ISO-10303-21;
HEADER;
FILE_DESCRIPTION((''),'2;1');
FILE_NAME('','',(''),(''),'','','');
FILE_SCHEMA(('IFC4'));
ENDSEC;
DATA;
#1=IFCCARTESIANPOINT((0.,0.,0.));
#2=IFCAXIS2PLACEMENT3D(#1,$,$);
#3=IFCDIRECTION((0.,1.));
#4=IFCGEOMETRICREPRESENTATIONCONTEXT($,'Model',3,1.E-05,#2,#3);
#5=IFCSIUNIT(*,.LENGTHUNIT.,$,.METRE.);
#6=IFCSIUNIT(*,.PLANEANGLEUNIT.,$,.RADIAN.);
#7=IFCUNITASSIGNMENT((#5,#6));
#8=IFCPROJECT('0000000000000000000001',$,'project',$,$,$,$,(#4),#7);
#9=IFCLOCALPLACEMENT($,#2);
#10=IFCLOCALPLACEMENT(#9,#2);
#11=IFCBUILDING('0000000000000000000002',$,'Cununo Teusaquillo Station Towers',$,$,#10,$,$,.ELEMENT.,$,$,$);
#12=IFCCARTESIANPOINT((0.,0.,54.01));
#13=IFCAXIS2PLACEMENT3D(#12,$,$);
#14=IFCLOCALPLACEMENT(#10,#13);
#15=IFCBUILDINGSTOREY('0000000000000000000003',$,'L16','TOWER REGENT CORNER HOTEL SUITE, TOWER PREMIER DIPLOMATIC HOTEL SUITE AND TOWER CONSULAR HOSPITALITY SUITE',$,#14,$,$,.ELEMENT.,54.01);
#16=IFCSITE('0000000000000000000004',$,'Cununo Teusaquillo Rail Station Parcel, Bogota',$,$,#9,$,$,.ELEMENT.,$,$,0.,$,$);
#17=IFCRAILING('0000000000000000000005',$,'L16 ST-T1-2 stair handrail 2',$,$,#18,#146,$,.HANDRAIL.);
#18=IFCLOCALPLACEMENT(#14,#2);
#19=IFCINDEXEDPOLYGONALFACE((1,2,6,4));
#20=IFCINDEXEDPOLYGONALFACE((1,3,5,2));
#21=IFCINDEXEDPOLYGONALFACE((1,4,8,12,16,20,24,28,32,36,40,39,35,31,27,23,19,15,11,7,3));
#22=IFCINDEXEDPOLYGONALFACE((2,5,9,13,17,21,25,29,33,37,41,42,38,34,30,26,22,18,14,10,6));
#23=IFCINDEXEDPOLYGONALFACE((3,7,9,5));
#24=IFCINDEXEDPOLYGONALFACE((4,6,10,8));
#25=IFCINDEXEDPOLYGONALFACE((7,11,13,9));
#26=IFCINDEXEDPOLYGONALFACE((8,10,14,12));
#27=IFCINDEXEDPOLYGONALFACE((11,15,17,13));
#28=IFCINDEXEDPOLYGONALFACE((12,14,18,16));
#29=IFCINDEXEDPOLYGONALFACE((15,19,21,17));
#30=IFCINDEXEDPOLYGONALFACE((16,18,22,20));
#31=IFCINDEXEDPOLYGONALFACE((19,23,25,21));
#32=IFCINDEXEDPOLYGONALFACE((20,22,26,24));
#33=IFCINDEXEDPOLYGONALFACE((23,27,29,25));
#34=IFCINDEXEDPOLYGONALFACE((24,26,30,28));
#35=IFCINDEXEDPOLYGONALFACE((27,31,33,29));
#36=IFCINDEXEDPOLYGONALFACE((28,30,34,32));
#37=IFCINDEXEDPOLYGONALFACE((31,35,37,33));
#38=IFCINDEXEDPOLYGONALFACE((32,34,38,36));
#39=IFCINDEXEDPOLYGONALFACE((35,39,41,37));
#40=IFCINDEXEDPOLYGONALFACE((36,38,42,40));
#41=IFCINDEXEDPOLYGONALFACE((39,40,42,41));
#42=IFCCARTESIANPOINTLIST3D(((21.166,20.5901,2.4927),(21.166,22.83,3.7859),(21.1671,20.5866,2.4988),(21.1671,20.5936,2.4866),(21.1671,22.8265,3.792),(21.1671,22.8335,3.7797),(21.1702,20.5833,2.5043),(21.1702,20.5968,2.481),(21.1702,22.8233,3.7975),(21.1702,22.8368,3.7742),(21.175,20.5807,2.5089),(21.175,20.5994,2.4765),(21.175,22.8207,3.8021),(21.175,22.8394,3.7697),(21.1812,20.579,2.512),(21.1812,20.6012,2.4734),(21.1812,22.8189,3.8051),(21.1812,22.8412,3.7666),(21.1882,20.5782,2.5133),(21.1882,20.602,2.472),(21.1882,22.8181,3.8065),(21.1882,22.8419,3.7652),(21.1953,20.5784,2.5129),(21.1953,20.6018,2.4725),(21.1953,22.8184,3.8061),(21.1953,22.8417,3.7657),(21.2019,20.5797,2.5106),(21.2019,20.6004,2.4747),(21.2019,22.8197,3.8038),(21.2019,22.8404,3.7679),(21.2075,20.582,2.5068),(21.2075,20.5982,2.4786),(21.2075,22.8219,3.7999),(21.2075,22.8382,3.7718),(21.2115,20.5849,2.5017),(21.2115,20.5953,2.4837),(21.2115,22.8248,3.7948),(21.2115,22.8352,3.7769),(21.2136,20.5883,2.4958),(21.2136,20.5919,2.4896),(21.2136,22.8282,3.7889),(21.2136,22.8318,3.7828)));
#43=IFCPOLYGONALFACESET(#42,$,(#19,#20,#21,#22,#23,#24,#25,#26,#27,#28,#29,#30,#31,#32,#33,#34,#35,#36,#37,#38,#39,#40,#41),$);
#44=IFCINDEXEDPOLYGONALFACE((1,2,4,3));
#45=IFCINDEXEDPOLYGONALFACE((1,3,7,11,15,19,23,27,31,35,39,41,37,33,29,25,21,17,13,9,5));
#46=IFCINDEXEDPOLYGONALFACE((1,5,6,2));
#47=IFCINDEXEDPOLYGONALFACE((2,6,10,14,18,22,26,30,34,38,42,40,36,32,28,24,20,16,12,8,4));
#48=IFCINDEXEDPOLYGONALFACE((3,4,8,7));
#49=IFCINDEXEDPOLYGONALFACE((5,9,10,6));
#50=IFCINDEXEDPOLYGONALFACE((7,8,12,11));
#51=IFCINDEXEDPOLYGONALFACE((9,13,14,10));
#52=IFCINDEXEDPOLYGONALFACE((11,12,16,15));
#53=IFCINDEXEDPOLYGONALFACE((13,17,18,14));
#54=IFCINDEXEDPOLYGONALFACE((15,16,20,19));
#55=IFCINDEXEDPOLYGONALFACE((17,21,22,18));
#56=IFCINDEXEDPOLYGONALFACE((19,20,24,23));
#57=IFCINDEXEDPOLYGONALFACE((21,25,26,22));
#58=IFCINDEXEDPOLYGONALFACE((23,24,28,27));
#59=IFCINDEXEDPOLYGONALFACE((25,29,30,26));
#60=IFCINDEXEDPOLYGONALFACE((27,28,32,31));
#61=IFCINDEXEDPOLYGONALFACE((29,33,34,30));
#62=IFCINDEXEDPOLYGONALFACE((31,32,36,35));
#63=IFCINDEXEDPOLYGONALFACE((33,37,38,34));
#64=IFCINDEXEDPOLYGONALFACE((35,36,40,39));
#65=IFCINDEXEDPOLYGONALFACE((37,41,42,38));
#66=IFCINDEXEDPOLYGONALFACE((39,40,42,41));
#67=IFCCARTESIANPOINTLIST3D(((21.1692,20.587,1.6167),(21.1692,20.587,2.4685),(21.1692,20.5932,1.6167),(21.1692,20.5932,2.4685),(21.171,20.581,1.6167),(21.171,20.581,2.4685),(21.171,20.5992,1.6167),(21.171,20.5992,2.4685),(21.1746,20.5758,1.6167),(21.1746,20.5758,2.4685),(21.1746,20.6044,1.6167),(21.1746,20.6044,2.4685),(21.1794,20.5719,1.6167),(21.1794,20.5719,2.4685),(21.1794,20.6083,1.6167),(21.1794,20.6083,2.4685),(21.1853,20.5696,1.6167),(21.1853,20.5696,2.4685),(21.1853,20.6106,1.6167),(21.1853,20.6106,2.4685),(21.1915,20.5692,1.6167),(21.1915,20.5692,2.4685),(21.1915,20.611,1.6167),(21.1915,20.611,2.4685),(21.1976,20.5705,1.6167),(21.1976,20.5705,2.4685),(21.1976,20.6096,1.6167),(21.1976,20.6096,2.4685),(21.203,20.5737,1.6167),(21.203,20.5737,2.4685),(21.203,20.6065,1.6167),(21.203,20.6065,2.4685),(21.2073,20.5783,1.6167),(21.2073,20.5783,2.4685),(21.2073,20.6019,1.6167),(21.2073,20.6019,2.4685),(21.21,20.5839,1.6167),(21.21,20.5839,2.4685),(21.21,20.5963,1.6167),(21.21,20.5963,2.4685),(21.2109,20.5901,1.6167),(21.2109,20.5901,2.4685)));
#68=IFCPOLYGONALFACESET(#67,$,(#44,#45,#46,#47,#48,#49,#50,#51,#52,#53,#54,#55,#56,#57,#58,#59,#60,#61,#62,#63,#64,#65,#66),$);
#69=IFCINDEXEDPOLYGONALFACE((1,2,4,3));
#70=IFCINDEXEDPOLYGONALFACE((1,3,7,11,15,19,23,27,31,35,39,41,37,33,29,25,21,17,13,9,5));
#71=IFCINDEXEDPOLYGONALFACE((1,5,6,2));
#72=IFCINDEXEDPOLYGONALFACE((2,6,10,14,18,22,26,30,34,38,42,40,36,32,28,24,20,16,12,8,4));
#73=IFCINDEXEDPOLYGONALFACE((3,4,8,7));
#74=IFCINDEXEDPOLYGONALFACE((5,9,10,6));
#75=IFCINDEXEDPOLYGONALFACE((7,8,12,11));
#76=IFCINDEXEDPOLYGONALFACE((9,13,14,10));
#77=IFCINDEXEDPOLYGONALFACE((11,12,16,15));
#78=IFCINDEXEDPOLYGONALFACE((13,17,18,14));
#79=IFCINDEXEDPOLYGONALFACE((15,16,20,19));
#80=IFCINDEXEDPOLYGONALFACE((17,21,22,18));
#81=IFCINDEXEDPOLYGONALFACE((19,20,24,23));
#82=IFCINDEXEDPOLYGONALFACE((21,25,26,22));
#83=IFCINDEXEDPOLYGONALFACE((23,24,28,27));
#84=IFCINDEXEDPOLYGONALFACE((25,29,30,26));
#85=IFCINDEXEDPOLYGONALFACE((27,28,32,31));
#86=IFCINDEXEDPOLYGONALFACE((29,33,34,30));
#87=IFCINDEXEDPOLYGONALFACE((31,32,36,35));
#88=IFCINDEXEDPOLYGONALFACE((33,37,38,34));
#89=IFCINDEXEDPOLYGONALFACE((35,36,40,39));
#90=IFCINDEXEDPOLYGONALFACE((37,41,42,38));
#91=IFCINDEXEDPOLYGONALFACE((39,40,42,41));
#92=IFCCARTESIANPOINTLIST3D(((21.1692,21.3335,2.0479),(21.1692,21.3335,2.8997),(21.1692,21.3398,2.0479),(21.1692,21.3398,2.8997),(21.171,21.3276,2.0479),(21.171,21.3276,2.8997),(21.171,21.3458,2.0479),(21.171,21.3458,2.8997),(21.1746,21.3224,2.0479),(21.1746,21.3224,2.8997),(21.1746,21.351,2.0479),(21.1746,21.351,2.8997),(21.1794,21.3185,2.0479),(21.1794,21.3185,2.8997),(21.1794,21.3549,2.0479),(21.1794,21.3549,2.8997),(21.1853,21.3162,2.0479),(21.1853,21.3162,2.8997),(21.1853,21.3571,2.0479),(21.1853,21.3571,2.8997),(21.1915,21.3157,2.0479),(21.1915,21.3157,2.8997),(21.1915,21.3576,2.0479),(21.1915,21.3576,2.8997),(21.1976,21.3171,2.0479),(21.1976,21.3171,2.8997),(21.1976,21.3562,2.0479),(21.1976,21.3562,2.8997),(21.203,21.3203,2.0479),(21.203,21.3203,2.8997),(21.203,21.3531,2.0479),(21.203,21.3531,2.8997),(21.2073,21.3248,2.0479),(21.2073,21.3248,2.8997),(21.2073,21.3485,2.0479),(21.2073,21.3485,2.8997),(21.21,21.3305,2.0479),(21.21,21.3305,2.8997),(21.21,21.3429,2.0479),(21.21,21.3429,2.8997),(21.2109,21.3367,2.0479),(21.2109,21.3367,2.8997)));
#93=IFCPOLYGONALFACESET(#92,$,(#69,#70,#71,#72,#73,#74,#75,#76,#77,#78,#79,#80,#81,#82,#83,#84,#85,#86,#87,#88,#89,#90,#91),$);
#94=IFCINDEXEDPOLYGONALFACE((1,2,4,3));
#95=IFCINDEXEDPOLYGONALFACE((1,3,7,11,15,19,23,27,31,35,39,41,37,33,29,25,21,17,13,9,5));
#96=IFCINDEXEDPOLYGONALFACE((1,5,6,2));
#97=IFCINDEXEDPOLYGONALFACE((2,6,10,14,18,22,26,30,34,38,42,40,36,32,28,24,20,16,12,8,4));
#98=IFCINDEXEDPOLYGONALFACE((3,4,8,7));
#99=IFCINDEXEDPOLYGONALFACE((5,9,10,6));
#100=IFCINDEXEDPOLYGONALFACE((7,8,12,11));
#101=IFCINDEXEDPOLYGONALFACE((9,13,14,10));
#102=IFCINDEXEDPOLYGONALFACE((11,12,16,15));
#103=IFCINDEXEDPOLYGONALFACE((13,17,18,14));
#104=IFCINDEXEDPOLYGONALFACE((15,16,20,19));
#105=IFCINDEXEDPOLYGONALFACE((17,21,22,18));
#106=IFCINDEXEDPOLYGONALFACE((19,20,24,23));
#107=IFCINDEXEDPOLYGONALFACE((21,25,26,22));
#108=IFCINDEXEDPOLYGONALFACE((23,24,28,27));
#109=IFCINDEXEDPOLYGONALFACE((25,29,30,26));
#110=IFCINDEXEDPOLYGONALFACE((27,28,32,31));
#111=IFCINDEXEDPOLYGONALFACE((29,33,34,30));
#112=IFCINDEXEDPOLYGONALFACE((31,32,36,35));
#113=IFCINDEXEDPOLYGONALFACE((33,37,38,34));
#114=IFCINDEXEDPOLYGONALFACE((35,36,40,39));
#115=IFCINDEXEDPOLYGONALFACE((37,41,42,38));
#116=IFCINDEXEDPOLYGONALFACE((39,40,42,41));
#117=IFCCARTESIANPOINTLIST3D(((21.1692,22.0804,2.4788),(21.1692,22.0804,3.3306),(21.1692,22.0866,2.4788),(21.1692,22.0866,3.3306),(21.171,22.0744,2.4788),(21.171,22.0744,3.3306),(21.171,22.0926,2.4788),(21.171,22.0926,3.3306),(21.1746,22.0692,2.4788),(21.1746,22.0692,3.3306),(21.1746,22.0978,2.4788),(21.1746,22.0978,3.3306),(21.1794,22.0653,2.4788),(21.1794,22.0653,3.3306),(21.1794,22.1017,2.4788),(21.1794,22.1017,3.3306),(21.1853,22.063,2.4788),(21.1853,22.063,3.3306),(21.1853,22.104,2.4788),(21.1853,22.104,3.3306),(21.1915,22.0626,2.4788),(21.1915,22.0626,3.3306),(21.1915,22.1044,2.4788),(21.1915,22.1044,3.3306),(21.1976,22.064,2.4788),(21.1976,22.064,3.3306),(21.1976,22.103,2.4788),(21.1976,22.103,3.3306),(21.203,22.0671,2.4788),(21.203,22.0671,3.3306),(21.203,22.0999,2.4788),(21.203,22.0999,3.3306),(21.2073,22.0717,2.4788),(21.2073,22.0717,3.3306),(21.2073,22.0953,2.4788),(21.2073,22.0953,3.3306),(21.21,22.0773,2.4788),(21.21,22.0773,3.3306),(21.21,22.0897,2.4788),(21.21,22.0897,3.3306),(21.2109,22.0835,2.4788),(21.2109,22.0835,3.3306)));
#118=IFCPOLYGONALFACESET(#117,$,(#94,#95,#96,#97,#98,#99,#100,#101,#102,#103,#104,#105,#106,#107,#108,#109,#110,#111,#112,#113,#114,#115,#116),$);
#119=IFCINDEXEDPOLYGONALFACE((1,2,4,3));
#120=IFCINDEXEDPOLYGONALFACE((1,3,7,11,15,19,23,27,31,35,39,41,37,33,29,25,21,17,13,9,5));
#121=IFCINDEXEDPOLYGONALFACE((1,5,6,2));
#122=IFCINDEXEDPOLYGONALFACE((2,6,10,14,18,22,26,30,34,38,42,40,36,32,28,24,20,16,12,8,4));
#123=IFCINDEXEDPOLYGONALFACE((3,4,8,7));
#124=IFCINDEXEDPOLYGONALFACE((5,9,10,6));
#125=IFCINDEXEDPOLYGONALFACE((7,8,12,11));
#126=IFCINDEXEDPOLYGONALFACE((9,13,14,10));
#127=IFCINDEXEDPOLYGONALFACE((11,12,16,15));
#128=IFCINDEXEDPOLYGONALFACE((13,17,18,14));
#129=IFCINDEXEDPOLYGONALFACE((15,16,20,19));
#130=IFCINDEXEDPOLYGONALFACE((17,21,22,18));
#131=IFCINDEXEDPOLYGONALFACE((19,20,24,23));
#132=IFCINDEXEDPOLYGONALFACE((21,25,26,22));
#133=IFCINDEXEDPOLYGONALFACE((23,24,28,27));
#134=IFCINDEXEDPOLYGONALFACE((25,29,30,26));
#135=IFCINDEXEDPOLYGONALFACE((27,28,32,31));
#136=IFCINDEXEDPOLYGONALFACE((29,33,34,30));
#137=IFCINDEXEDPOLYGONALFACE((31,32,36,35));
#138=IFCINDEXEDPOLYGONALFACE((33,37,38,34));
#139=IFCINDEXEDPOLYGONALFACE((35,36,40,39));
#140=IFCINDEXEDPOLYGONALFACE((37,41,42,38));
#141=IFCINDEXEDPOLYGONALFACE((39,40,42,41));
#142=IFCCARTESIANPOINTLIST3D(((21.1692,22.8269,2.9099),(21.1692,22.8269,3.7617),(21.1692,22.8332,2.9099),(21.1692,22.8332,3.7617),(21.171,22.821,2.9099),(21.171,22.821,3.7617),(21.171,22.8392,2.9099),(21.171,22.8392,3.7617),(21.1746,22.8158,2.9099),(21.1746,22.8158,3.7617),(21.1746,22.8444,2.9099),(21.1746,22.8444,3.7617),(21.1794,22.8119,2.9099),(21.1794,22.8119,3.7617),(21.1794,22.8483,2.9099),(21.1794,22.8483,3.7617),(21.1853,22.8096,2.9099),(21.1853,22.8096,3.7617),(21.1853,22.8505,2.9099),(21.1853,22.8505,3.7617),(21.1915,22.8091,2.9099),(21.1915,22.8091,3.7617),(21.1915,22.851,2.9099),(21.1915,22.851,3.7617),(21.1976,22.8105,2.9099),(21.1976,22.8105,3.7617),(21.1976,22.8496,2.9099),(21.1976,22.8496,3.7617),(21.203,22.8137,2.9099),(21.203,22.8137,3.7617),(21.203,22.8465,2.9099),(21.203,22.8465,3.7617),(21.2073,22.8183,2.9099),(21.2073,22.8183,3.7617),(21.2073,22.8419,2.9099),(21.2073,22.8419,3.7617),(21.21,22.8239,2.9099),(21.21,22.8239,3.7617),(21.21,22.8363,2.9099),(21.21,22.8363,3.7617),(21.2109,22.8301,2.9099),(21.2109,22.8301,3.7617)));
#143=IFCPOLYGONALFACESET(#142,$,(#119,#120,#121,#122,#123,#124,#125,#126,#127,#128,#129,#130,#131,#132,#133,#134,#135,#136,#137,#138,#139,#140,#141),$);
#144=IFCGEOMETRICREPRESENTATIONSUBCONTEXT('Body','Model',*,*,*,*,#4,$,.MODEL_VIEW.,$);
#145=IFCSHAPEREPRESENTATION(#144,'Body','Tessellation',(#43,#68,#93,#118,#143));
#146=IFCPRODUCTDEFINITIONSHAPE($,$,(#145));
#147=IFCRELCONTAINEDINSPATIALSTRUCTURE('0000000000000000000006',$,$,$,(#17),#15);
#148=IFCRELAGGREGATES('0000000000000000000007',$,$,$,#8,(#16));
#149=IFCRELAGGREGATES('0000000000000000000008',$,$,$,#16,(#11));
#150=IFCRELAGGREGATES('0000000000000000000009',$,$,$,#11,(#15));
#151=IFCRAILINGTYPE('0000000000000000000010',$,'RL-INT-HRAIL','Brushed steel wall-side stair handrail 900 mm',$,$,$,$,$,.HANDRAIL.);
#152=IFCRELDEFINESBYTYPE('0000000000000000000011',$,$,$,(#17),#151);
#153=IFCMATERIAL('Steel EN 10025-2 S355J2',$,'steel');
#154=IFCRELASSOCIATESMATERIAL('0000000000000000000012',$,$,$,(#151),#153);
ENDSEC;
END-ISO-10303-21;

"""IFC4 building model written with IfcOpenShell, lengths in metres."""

from ifc_helpers import new_model, si_unit, direction, frame, origin, origin_2d, place, context, subcontext, project, spatial, circle, extrude, material, type_object, element, save


model = new_model("IFC4")

# Units and contexts
model_context = context("Model", 3, precision=1e-05, world=origin(), true_north=direction((0.0, 1.0)))
body_context = subcontext(model_context, "Body", "Model", "MODEL_VIEW")
ifc_project = project(units=[si_unit("LENGTHUNIT", "METRE"), si_unit("PLANEANGLEUNIT", "RADIAN")], contexts=[model_context])

# Site, building, storey
site_placement = place(None, origin())
site = spatial("IfcSite", under=ifc_project, at=site_placement, Name="Cununo Teusaquillo Rail Station Parcel, Bogota", CompositionType="ELEMENT", RefElevation=0.0)
building_placement = place(site_placement, origin())
building = spatial("IfcBuilding", under=site, at=building_placement, Name="Cununo Teusaquillo Station Towers", CompositionType="ELEMENT")
storey_placement = place(building_placement, frame((0.0, 0.0, 54.01)))
storey = spatial("IfcBuildingStorey", under=building, at=storey_placement, Name="L16", Description="TOWER REGENT CORNER HOTEL SUITE, TOWER PREMIER DIPLOMATIC HOTEL SUITE AND TOWER CONSULAR HOSPITALITY SUITE", CompositionType="ELEMENT", Elevation=54.01)

# Railing
ifc_material_1 = material(Name="Steel EN 10025-2 S355J2", Category="steel")
railing_type_1 = type_object("IfcRailingType", Name="RL-INT-HRAIL", Description="Brushed steel wall-side stair handrail 900 mm", PredefinedType="HANDRAIL", material=ifc_material_1)
railing_1_placement = place(storey_placement, frame((21.1899, 20.5901, 1.6167)))
element("IfcRailing", 1, at=railing_1_placement, inside=storey, type_object=railing_type_1, Name="L16 ST-T1-2 stair handrail 2", PredefinedType="HANDRAIL", context=body_context, shape_type="SweptSolid", body=[
    extrude(circle(Radius=0.0239, at=origin_2d()), frame((0.0, 0.0, 0.876), z_axis=(0.0, 0.866033, 0.499987), x_axis=(-1.0, 0.0, 0.0)), (0.0, 0.0, 1.0), 2.5864),
    extrude(circle(Radius=0.021, at=origin_2d()), origin(), (0.0, 0.0, 1.0), 0.8518),
    extrude(circle(Radius=0.021, at=origin_2d()), frame((0.0, 0.7466, 0.4312)), (0.0, 0.0, 1.0), 0.8518),
    extrude(circle(Radius=0.021, at=origin_2d()), frame((0.0, 1.4934, 0.8621)), (0.0, 0.0, 1.0), 0.8518),
    extrude(circle(Radius=0.021, at=origin_2d()), frame((0.0, 2.24, 1.2932)), (0.0, 0.0, 1.0), 0.8518),
])

save(model, "model.ifc")
